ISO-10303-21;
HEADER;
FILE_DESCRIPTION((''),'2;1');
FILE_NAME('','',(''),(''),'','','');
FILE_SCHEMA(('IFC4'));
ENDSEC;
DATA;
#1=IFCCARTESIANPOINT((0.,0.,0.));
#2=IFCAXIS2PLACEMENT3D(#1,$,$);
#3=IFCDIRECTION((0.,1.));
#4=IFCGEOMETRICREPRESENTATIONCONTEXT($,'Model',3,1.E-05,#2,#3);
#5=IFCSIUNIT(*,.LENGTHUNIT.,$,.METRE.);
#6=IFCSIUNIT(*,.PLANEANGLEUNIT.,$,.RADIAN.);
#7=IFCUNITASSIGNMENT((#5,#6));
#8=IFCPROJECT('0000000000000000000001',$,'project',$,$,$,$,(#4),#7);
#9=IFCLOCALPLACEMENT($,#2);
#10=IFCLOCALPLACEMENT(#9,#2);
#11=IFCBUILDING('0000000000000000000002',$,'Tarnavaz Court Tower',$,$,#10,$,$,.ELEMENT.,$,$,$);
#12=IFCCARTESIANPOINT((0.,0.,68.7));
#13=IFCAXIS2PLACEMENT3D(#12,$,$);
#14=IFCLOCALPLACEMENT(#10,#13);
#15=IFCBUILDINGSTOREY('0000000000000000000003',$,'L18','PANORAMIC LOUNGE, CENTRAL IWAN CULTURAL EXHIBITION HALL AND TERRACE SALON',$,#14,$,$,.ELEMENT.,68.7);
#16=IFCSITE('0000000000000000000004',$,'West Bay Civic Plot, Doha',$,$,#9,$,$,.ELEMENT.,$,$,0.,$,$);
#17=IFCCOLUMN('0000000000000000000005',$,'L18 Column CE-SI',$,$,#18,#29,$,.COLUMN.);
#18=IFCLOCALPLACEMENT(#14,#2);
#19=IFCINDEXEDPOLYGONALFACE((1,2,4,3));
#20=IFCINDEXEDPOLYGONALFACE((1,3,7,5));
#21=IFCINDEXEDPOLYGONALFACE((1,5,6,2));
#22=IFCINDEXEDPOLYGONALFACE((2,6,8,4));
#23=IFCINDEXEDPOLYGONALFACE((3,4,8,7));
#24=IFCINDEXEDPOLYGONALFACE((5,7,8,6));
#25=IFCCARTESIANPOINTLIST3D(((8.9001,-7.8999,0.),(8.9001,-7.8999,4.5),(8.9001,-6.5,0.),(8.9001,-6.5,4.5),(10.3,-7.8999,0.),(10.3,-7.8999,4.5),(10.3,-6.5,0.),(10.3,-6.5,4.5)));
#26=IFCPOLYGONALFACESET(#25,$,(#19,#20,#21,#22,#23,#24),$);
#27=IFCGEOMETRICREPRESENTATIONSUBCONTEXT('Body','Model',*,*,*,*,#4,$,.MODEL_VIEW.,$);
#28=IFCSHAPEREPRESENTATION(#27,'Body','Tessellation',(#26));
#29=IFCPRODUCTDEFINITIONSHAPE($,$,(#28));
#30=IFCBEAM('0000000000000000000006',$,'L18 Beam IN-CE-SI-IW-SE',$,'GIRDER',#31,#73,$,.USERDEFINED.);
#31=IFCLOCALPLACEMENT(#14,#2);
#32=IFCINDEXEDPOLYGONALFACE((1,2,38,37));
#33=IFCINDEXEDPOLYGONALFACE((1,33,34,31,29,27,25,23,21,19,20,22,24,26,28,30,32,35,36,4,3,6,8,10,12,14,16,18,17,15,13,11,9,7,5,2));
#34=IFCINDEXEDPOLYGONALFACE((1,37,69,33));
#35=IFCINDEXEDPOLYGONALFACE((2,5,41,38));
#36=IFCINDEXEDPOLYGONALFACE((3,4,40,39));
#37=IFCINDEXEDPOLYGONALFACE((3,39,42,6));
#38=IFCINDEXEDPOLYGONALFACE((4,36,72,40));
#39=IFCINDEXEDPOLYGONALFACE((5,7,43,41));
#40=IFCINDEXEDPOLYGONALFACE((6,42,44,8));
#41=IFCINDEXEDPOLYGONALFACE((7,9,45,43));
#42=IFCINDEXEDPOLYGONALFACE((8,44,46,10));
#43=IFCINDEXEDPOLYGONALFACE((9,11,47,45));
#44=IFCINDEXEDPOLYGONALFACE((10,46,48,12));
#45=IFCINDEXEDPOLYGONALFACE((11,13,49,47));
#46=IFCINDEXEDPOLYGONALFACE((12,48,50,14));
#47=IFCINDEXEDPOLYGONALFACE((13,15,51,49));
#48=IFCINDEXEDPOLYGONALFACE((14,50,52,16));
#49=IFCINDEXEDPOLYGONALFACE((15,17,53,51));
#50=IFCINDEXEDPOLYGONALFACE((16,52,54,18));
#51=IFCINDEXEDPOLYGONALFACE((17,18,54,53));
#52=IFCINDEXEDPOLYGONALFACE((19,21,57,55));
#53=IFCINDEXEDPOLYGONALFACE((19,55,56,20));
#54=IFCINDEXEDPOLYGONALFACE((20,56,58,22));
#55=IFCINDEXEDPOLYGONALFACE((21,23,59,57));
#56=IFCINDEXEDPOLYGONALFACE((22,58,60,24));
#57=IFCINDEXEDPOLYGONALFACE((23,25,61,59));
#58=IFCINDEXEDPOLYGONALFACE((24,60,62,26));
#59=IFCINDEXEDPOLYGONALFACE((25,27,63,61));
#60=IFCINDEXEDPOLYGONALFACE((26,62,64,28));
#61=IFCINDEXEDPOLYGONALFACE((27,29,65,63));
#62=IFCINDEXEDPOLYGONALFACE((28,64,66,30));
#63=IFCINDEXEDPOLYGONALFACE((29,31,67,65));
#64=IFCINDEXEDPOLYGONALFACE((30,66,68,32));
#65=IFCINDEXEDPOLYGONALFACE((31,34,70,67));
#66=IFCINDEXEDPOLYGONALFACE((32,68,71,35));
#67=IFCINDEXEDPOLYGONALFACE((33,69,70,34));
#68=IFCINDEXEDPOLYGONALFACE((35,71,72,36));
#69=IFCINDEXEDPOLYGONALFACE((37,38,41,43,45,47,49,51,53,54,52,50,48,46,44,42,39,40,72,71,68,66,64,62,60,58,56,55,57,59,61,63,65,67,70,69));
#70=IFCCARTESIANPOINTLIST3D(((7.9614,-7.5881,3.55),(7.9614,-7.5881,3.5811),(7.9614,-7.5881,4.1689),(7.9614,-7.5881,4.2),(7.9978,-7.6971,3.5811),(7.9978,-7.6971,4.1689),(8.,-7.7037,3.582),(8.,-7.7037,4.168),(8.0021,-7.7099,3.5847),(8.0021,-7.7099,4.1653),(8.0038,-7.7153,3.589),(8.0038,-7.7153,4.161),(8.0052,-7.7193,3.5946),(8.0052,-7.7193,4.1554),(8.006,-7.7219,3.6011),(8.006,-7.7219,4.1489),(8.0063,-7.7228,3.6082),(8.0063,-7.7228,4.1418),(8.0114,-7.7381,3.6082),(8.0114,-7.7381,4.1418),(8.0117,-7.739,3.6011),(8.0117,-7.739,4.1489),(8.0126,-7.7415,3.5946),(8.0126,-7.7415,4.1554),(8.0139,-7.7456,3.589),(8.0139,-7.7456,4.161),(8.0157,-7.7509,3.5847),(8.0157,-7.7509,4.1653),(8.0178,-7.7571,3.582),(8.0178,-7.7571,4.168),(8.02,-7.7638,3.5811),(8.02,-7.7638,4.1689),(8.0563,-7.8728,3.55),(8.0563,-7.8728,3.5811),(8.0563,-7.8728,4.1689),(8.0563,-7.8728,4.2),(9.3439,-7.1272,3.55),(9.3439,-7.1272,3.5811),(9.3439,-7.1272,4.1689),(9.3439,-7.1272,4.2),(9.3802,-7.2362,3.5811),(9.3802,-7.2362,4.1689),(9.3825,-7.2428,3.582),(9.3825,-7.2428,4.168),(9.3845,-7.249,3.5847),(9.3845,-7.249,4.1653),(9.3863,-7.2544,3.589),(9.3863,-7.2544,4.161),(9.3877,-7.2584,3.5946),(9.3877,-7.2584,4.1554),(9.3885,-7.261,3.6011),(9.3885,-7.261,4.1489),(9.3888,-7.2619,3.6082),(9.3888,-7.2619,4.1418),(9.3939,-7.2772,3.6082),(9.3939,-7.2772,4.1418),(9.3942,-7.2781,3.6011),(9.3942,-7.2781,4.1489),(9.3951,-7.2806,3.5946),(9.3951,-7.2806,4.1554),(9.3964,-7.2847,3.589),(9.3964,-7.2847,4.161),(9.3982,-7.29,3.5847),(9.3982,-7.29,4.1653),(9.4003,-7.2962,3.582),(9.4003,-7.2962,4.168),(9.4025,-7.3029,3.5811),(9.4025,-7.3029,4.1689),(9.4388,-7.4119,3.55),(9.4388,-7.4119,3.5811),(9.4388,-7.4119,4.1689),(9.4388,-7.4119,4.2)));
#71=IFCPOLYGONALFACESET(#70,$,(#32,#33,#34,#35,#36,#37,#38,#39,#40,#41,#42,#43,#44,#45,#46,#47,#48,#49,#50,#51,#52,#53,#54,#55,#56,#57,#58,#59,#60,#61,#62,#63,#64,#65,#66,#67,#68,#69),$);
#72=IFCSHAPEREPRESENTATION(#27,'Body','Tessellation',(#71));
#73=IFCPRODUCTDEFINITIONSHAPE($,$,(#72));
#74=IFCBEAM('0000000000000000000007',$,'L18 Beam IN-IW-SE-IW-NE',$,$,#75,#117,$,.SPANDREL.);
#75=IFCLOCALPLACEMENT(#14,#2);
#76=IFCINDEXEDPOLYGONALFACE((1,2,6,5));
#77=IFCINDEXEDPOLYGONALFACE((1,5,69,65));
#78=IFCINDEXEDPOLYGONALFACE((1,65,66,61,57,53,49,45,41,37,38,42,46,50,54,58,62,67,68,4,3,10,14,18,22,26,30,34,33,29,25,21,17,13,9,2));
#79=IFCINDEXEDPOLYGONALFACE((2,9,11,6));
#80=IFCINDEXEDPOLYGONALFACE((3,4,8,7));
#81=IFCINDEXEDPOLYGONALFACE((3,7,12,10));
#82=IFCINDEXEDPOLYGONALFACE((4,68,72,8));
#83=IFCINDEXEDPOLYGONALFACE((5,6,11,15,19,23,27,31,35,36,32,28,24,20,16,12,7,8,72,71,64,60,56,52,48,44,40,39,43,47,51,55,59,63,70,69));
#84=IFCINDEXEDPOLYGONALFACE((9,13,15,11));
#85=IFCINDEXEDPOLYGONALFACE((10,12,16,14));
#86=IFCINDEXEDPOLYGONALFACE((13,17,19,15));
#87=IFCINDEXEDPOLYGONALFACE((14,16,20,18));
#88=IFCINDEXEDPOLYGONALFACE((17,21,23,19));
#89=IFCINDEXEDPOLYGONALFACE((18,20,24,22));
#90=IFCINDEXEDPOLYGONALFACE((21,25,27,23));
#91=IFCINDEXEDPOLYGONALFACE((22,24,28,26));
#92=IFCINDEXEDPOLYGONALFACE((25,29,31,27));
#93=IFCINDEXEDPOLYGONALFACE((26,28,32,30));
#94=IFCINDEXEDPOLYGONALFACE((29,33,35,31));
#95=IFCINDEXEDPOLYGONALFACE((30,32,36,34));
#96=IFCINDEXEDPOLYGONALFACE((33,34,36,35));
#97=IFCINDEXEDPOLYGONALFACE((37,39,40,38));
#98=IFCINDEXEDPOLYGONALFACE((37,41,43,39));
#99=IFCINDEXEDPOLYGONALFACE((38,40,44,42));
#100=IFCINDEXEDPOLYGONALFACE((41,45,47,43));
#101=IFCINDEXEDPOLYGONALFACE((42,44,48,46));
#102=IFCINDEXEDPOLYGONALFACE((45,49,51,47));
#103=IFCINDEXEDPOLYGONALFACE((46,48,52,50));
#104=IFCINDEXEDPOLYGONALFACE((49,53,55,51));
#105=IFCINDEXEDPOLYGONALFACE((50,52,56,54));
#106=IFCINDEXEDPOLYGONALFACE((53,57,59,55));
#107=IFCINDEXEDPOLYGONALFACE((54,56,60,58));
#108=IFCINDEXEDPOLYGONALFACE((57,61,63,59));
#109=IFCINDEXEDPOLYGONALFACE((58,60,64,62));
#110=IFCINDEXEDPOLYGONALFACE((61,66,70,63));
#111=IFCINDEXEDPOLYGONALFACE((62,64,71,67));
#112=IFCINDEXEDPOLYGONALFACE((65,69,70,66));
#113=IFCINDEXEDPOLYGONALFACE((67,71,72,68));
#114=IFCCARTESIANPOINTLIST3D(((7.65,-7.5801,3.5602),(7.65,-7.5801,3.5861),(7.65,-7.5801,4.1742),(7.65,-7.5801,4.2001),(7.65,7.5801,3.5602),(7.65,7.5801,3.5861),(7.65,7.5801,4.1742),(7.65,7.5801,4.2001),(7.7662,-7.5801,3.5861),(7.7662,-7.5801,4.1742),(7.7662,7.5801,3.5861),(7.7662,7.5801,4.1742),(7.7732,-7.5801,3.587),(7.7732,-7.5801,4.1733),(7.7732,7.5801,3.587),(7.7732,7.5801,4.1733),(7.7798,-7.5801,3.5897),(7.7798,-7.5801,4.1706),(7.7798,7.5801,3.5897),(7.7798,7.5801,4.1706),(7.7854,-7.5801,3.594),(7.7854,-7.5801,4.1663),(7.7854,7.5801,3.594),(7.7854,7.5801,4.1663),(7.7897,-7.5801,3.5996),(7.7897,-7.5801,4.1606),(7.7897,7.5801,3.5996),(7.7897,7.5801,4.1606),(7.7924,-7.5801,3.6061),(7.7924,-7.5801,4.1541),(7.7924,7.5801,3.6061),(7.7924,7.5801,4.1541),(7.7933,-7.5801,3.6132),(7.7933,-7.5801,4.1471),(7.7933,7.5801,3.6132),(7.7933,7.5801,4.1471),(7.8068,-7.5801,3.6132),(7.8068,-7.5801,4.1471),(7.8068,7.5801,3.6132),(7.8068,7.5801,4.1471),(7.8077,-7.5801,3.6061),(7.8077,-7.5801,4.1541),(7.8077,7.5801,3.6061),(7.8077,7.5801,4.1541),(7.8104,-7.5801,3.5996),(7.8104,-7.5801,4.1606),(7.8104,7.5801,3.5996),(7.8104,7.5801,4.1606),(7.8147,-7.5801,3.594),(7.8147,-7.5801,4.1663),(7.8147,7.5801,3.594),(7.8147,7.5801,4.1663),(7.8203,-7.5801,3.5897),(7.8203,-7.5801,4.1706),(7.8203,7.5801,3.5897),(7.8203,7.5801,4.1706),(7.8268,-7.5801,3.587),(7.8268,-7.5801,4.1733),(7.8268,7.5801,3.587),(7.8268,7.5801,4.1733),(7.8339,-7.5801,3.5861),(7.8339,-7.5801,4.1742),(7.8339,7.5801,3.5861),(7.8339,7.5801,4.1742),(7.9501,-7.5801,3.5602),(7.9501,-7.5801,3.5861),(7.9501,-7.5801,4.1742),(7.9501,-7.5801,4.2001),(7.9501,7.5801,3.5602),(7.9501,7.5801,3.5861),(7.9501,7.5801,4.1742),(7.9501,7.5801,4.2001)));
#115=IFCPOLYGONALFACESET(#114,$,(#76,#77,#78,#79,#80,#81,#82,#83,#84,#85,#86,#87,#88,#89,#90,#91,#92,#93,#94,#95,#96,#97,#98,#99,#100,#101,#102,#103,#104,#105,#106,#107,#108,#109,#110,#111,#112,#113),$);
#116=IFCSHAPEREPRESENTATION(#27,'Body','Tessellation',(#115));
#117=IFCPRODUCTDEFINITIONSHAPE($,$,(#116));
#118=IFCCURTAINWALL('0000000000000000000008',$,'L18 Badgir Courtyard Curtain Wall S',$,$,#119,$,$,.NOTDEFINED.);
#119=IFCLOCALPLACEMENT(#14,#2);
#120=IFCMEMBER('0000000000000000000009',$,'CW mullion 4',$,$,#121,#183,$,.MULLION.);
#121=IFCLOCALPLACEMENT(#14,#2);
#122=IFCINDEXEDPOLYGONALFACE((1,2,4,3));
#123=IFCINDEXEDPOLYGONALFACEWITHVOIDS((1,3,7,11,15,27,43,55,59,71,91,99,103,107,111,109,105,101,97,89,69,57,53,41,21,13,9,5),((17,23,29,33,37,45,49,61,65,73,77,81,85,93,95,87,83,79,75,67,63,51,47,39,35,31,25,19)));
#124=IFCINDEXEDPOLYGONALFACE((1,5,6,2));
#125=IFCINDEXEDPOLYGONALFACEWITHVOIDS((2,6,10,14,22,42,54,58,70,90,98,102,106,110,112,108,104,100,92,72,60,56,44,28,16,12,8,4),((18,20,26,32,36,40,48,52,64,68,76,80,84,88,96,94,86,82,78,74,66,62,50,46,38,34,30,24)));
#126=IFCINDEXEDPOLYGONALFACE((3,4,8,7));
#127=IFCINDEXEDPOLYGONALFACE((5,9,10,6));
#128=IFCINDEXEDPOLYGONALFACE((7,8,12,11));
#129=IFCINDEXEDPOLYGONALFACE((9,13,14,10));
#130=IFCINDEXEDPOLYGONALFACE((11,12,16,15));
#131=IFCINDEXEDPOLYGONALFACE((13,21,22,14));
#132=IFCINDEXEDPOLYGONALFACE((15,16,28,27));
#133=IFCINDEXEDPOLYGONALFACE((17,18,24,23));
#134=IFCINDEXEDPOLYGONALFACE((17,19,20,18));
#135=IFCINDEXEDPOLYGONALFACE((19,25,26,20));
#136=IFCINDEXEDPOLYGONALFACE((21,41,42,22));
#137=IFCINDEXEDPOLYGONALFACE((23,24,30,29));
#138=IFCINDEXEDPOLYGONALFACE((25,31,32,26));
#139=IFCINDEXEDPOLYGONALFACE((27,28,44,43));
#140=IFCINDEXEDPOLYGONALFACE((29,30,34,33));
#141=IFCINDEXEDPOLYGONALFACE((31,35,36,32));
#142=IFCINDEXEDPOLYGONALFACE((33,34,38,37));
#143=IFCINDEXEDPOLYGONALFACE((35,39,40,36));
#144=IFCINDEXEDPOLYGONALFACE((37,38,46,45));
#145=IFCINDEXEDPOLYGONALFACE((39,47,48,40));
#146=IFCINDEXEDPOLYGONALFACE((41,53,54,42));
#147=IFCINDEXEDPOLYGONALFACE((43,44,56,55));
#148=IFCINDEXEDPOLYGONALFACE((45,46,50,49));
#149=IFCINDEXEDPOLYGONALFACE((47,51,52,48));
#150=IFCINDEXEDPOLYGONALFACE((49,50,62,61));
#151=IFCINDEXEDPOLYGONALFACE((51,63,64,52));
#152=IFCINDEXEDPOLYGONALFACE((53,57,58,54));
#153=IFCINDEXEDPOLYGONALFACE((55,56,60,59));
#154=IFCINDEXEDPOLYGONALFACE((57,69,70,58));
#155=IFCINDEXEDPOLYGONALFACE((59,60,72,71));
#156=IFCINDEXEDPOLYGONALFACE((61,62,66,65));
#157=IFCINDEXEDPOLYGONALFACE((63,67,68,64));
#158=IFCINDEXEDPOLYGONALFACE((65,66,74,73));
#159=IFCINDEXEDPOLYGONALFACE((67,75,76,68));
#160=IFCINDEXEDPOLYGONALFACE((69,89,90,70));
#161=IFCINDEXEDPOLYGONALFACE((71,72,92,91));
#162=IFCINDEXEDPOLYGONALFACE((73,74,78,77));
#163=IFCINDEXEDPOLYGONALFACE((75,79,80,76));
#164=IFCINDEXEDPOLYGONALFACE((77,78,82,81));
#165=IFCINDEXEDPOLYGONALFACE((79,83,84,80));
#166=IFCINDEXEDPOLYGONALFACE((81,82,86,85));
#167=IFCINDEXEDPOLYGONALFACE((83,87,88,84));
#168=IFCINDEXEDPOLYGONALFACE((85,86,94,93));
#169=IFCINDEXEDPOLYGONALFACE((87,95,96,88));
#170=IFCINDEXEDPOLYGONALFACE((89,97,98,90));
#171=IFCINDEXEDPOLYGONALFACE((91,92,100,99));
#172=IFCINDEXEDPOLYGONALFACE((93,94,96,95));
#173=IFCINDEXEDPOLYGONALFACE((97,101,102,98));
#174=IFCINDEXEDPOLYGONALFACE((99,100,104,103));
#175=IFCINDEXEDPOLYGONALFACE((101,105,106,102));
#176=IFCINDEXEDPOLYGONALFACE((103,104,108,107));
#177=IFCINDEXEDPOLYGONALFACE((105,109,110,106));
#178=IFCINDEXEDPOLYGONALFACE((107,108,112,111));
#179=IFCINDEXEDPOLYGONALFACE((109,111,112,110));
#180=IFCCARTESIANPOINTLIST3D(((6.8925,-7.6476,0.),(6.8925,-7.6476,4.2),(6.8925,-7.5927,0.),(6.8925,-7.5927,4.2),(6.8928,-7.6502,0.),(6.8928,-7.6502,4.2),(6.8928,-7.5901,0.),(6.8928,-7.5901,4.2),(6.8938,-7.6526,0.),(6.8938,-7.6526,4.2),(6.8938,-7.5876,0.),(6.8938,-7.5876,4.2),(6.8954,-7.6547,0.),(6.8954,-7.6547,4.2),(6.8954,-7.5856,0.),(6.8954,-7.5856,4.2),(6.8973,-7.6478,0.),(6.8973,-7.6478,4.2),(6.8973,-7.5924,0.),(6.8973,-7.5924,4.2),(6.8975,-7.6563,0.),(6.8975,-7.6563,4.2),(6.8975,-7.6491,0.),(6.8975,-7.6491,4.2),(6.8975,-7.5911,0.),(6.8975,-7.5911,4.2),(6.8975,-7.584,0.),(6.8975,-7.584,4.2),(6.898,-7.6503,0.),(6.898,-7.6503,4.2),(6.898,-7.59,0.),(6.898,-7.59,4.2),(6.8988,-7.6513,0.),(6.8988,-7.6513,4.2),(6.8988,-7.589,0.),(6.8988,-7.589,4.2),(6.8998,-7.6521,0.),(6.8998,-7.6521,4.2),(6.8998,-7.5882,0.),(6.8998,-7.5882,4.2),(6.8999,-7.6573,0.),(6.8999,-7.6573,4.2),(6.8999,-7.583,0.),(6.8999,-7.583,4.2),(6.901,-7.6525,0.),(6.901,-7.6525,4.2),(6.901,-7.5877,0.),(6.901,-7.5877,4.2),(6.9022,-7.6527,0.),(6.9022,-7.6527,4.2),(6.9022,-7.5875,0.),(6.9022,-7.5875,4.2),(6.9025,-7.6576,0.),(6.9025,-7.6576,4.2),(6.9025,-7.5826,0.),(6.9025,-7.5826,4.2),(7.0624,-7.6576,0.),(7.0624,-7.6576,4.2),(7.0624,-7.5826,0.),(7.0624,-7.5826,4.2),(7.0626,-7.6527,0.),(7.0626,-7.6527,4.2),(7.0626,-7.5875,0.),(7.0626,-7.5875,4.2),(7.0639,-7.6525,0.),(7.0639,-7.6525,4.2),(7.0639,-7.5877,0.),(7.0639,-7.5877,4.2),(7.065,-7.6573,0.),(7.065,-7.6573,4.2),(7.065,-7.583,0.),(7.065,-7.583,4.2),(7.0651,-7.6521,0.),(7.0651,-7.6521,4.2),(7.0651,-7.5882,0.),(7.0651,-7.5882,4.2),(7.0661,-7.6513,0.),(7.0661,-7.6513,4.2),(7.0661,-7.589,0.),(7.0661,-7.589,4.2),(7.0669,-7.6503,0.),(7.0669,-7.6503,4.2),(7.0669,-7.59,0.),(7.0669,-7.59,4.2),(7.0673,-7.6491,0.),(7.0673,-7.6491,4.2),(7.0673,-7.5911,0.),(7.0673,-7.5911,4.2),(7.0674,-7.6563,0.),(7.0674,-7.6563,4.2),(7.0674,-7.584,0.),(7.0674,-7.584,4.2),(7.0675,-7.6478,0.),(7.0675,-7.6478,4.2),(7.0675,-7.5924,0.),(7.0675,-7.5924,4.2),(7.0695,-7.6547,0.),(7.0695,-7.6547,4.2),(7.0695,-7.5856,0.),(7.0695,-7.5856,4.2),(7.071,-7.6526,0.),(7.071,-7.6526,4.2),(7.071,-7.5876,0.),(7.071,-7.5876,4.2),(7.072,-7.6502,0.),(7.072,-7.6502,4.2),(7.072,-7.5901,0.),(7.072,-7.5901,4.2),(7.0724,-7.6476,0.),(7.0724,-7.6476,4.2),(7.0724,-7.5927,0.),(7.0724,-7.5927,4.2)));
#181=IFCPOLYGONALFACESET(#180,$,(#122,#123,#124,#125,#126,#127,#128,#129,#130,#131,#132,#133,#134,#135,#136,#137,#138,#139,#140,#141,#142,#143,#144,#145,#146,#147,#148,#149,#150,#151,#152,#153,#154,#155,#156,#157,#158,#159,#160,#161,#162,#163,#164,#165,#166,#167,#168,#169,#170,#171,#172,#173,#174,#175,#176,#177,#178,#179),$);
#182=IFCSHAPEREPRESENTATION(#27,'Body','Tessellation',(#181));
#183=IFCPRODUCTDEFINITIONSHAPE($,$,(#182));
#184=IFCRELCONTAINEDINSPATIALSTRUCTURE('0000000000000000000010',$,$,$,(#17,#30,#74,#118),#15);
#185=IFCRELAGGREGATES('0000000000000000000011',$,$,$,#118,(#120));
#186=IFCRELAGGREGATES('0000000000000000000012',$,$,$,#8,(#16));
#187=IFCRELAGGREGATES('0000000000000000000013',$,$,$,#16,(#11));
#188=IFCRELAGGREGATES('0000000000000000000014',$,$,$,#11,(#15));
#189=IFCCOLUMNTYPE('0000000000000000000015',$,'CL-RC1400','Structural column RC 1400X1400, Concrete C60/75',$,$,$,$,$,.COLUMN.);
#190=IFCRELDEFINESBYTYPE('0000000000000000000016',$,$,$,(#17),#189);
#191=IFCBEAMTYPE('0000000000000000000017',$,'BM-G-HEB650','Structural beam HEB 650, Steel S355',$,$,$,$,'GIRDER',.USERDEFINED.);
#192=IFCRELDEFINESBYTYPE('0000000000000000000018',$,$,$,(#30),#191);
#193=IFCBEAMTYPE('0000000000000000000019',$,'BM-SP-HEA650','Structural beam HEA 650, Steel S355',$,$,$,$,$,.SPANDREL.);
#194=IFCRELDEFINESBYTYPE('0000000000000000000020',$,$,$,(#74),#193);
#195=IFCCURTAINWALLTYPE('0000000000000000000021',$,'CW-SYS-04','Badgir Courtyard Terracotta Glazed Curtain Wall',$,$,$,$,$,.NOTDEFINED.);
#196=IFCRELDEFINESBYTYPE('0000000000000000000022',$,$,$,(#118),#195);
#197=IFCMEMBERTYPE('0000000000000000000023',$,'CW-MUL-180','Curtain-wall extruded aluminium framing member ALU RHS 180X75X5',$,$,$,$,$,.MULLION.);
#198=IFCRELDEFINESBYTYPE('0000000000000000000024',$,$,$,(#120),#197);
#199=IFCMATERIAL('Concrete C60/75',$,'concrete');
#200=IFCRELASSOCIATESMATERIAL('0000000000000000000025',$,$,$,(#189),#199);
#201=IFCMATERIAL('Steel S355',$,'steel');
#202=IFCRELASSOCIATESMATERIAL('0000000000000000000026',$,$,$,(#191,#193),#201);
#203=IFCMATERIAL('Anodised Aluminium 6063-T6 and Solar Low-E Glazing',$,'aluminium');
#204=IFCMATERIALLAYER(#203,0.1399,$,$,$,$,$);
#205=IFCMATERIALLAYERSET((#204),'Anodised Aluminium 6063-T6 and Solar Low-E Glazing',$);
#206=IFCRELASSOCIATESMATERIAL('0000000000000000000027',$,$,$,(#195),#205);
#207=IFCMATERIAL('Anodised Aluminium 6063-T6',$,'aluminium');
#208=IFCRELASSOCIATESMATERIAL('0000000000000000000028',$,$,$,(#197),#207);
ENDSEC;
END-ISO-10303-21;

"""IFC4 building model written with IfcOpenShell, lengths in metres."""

from ifc_helpers import new_model, si_unit, direction, frame, origin, origin_2d, place, context, subcontext, project, spatial, rectangle, hollow_rectangle, i_section, extrude, material, layer, layer_set, material_profile, profile_set, type_object, element, aggregate, save


model = new_model("IFC4")

# Units and contexts
model_context = context("Model", 3, precision=1e-05, world=origin(), true_north=direction((0.0, 1.0)))
body_context = subcontext(model_context, "Body", "Model", "MODEL_VIEW")
ifc_project = project(units=[si_unit("LENGTHUNIT", "METRE"), si_unit("PLANEANGLEUNIT", "RADIAN")], contexts=[model_context])

# Site, building, storey
site_placement = place(None, origin())
site = spatial("IfcSite", under=ifc_project, at=site_placement, Name="West Bay Civic Plot, Doha", CompositionType="ELEMENT", RefElevation=0.0)
building_placement = place(site_placement, origin())
building = spatial("IfcBuilding", under=site, at=building_placement, Name="Tarnavaz Court Tower", CompositionType="ELEMENT")
storey_placement = place(building_placement, frame((0.0, 0.0, 68.7)))
storey = spatial("IfcBuildingStorey", under=building, at=storey_placement, Name="L18", Description="PANORAMIC LOUNGE, CENTRAL IWAN CULTURAL EXHIBITION HALL AND TERRACE SALON", CompositionType="ELEMENT", Elevation=68.7)

# Column
ifc_material_1 = material(Name="Concrete C60/75", Category="concrete")
ifc_material_profile_1 = material_profile(ifc_material_1, rectangle(XDim=1.3999, YDim=1.3999, at=origin_2d()), Name="RC 1400X1400")
ifc_profile_set_1 = profile_set([ifc_material_profile_1], Name="Concrete C60/75")
column_type = type_object("IfcColumnType", Name="CL-RC1400", Description="Structural column RC 1400X1400, Concrete C60/75", PredefinedType="COLUMN", material=ifc_profile_set_1)
column_placement = place(storey_placement, frame((9.6001, -7.2, 0.0), z_axis=(0.0, 0.0, 1.0), x_axis=(1.0, 0.0, 0.0)))
element("IfcColumn", 1, at=column_placement, inside=storey, type_object=column_type, Name="L18 Column CE-SI", PredefinedType="COLUMN", context=body_context, shape_type="SweptSolid", body=[
    extrude(rectangle(XDim=1.3999, YDim=1.3999, at=origin_2d()), origin(), (0.0, 0.0, 1.0), 4.5),
])

# Beams
ifc_material_2 = material(Name="Steel S355", Category="steel")
ifc_material_profile_2 = material_profile(ifc_material_2, i_section(OverallWidth=0.3, OverallDepth=0.6499, WebThickness=0.0161, FlangeThickness=0.031, FilletRadius=0.0271, at=origin_2d()), Name="HEB 650")
ifc_profile_set_2 = profile_set([ifc_material_profile_2], Name="Steel S355")
beam_type_1 = type_object("IfcBeamType", Name="BM-G-HEB650", Description="Structural beam HEB 650, Steel S355", ElementType="GIRDER", PredefinedType="USERDEFINED", material=ifc_profile_set_2)
beam_1_placement = place(storey_placement, frame((9.3914, -7.2695, 3.875), z_axis=(-0.948667, -0.316278, 0.0), x_axis=(0.316278, -0.948667, 0.0)))
element("IfcBeam", 2, at=beam_1_placement, inside=storey, type_object=beam_type_1, Name="L18 Beam IN-CE-SI-IW-SE", ObjectType="GIRDER", PredefinedType="USERDEFINED", context=body_context, shape_type="SweptSolid", body=[
    extrude(i_section(OverallWidth=0.3, OverallDepth=0.6499, WebThickness=0.0161, FlangeThickness=0.031, FilletRadius=0.0271, at=origin_2d()), origin(), (0.0, 0.0, 1.0), 1.4573),
])
ifc_material_profile_3 = material_profile(ifc_material_2, i_section(OverallWidth=0.3, OverallDepth=0.6399, WebThickness=0.0134, FlangeThickness=0.0259, FilletRadius=0.0271, at=origin_2d()), Name="HEA 650")
ifc_profile_set_3 = profile_set([ifc_material_profile_3], Name="Steel S355")
beam_type_2 = type_object("IfcBeamType", Name="BM-SP-HEA650", Description="Structural beam HEA 650, Steel S355", PredefinedType="SPANDREL", material=ifc_profile_set_3)
beam_2_placement = place(storey_placement, frame((7.8, -7.5801, 3.8801), z_axis=(0.0, 1.0, 0.0), x_axis=(-1.0, 0.0, 0.0)))
element("IfcBeam", 3, at=beam_2_placement, inside=storey, type_object=beam_type_2, Name="L18 Beam IN-IW-SE-IW-NE", PredefinedType="SPANDREL", context=body_context, shape_type="SweptSolid", body=[
    extrude(i_section(OverallWidth=0.3, OverallDepth=0.6399, WebThickness=0.0134, FlangeThickness=0.0259, FilletRadius=0.0271, at=origin_2d()), origin(), (0.0, 0.0, 1.0), 15.1602),
])

# Curtain wall, member
ifc_material_3 = material(Name="Anodised Aluminium 6063-T6 and Solar Low-E Glazing", Category="aluminium")
ifc_layer_1 = layer(ifc_material_3, 0.1399)
ifc_layer_set_1 = layer_set([ifc_layer_1], Name="Anodised Aluminium 6063-T6 and Solar Low-E Glazing")
curtain_wall_type = type_object("IfcCurtainWallType", Name="CW-SYS-04", Description="Badgir Courtyard Terracotta Glazed Curtain Wall", PredefinedType="NOTDEFINED", material=ifc_layer_set_1)
curtain_wall_placement = place(storey_placement, origin())
curtain_wall = element("IfcCurtainWall", 4, at=curtain_wall_placement, inside=storey, type_object=curtain_wall_type, Name="L18 Badgir Courtyard Curtain Wall S", PredefinedType="NOTDEFINED")
ifc_material_4 = material(Name="Anodised Aluminium 6063-T6", Category="aluminium")
ifc_material_profile_4 = material_profile(ifc_material_4, hollow_rectangle(XDim=0.075, YDim=0.1799, WallThickness=0.0049, InnerFilletRadius=0.0049, OuterFilletRadius=0.01, at=origin_2d()), Name="ALU RHS 180X75X5")
ifc_profile_set_4 = profile_set([ifc_material_profile_4], Name="Anodised Aluminium 6063-T6")
member_type = type_object("IfcMemberType", Name="CW-MUL-180", Description="Curtain-wall extruded aluminium framing member ALU RHS 180X75X5", PredefinedType="MULLION", material=ifc_profile_set_4)
member_placement = place(storey_placement, frame((6.9824, -7.6201, 0.0), z_axis=(0.0, 0.0, 1.0), x_axis=(0.0, 1.0, 0.0)))
member = element("IfcMember", 5, at=member_placement, type_object=member_type, Name="CW mullion 4", PredefinedType="MULLION", context=body_context, shape_type="SweptSolid", body=[
    extrude(hollow_rectangle(XDim=0.075, YDim=0.1799, WallThickness=0.0049, InnerFilletRadius=0.0049, OuterFilletRadius=0.01, at=origin_2d()), origin(), (0.0, 0.0, 1.0), 4.2),
])
aggregate(curtain_wall, [member])

save(model, "model.ifc")
